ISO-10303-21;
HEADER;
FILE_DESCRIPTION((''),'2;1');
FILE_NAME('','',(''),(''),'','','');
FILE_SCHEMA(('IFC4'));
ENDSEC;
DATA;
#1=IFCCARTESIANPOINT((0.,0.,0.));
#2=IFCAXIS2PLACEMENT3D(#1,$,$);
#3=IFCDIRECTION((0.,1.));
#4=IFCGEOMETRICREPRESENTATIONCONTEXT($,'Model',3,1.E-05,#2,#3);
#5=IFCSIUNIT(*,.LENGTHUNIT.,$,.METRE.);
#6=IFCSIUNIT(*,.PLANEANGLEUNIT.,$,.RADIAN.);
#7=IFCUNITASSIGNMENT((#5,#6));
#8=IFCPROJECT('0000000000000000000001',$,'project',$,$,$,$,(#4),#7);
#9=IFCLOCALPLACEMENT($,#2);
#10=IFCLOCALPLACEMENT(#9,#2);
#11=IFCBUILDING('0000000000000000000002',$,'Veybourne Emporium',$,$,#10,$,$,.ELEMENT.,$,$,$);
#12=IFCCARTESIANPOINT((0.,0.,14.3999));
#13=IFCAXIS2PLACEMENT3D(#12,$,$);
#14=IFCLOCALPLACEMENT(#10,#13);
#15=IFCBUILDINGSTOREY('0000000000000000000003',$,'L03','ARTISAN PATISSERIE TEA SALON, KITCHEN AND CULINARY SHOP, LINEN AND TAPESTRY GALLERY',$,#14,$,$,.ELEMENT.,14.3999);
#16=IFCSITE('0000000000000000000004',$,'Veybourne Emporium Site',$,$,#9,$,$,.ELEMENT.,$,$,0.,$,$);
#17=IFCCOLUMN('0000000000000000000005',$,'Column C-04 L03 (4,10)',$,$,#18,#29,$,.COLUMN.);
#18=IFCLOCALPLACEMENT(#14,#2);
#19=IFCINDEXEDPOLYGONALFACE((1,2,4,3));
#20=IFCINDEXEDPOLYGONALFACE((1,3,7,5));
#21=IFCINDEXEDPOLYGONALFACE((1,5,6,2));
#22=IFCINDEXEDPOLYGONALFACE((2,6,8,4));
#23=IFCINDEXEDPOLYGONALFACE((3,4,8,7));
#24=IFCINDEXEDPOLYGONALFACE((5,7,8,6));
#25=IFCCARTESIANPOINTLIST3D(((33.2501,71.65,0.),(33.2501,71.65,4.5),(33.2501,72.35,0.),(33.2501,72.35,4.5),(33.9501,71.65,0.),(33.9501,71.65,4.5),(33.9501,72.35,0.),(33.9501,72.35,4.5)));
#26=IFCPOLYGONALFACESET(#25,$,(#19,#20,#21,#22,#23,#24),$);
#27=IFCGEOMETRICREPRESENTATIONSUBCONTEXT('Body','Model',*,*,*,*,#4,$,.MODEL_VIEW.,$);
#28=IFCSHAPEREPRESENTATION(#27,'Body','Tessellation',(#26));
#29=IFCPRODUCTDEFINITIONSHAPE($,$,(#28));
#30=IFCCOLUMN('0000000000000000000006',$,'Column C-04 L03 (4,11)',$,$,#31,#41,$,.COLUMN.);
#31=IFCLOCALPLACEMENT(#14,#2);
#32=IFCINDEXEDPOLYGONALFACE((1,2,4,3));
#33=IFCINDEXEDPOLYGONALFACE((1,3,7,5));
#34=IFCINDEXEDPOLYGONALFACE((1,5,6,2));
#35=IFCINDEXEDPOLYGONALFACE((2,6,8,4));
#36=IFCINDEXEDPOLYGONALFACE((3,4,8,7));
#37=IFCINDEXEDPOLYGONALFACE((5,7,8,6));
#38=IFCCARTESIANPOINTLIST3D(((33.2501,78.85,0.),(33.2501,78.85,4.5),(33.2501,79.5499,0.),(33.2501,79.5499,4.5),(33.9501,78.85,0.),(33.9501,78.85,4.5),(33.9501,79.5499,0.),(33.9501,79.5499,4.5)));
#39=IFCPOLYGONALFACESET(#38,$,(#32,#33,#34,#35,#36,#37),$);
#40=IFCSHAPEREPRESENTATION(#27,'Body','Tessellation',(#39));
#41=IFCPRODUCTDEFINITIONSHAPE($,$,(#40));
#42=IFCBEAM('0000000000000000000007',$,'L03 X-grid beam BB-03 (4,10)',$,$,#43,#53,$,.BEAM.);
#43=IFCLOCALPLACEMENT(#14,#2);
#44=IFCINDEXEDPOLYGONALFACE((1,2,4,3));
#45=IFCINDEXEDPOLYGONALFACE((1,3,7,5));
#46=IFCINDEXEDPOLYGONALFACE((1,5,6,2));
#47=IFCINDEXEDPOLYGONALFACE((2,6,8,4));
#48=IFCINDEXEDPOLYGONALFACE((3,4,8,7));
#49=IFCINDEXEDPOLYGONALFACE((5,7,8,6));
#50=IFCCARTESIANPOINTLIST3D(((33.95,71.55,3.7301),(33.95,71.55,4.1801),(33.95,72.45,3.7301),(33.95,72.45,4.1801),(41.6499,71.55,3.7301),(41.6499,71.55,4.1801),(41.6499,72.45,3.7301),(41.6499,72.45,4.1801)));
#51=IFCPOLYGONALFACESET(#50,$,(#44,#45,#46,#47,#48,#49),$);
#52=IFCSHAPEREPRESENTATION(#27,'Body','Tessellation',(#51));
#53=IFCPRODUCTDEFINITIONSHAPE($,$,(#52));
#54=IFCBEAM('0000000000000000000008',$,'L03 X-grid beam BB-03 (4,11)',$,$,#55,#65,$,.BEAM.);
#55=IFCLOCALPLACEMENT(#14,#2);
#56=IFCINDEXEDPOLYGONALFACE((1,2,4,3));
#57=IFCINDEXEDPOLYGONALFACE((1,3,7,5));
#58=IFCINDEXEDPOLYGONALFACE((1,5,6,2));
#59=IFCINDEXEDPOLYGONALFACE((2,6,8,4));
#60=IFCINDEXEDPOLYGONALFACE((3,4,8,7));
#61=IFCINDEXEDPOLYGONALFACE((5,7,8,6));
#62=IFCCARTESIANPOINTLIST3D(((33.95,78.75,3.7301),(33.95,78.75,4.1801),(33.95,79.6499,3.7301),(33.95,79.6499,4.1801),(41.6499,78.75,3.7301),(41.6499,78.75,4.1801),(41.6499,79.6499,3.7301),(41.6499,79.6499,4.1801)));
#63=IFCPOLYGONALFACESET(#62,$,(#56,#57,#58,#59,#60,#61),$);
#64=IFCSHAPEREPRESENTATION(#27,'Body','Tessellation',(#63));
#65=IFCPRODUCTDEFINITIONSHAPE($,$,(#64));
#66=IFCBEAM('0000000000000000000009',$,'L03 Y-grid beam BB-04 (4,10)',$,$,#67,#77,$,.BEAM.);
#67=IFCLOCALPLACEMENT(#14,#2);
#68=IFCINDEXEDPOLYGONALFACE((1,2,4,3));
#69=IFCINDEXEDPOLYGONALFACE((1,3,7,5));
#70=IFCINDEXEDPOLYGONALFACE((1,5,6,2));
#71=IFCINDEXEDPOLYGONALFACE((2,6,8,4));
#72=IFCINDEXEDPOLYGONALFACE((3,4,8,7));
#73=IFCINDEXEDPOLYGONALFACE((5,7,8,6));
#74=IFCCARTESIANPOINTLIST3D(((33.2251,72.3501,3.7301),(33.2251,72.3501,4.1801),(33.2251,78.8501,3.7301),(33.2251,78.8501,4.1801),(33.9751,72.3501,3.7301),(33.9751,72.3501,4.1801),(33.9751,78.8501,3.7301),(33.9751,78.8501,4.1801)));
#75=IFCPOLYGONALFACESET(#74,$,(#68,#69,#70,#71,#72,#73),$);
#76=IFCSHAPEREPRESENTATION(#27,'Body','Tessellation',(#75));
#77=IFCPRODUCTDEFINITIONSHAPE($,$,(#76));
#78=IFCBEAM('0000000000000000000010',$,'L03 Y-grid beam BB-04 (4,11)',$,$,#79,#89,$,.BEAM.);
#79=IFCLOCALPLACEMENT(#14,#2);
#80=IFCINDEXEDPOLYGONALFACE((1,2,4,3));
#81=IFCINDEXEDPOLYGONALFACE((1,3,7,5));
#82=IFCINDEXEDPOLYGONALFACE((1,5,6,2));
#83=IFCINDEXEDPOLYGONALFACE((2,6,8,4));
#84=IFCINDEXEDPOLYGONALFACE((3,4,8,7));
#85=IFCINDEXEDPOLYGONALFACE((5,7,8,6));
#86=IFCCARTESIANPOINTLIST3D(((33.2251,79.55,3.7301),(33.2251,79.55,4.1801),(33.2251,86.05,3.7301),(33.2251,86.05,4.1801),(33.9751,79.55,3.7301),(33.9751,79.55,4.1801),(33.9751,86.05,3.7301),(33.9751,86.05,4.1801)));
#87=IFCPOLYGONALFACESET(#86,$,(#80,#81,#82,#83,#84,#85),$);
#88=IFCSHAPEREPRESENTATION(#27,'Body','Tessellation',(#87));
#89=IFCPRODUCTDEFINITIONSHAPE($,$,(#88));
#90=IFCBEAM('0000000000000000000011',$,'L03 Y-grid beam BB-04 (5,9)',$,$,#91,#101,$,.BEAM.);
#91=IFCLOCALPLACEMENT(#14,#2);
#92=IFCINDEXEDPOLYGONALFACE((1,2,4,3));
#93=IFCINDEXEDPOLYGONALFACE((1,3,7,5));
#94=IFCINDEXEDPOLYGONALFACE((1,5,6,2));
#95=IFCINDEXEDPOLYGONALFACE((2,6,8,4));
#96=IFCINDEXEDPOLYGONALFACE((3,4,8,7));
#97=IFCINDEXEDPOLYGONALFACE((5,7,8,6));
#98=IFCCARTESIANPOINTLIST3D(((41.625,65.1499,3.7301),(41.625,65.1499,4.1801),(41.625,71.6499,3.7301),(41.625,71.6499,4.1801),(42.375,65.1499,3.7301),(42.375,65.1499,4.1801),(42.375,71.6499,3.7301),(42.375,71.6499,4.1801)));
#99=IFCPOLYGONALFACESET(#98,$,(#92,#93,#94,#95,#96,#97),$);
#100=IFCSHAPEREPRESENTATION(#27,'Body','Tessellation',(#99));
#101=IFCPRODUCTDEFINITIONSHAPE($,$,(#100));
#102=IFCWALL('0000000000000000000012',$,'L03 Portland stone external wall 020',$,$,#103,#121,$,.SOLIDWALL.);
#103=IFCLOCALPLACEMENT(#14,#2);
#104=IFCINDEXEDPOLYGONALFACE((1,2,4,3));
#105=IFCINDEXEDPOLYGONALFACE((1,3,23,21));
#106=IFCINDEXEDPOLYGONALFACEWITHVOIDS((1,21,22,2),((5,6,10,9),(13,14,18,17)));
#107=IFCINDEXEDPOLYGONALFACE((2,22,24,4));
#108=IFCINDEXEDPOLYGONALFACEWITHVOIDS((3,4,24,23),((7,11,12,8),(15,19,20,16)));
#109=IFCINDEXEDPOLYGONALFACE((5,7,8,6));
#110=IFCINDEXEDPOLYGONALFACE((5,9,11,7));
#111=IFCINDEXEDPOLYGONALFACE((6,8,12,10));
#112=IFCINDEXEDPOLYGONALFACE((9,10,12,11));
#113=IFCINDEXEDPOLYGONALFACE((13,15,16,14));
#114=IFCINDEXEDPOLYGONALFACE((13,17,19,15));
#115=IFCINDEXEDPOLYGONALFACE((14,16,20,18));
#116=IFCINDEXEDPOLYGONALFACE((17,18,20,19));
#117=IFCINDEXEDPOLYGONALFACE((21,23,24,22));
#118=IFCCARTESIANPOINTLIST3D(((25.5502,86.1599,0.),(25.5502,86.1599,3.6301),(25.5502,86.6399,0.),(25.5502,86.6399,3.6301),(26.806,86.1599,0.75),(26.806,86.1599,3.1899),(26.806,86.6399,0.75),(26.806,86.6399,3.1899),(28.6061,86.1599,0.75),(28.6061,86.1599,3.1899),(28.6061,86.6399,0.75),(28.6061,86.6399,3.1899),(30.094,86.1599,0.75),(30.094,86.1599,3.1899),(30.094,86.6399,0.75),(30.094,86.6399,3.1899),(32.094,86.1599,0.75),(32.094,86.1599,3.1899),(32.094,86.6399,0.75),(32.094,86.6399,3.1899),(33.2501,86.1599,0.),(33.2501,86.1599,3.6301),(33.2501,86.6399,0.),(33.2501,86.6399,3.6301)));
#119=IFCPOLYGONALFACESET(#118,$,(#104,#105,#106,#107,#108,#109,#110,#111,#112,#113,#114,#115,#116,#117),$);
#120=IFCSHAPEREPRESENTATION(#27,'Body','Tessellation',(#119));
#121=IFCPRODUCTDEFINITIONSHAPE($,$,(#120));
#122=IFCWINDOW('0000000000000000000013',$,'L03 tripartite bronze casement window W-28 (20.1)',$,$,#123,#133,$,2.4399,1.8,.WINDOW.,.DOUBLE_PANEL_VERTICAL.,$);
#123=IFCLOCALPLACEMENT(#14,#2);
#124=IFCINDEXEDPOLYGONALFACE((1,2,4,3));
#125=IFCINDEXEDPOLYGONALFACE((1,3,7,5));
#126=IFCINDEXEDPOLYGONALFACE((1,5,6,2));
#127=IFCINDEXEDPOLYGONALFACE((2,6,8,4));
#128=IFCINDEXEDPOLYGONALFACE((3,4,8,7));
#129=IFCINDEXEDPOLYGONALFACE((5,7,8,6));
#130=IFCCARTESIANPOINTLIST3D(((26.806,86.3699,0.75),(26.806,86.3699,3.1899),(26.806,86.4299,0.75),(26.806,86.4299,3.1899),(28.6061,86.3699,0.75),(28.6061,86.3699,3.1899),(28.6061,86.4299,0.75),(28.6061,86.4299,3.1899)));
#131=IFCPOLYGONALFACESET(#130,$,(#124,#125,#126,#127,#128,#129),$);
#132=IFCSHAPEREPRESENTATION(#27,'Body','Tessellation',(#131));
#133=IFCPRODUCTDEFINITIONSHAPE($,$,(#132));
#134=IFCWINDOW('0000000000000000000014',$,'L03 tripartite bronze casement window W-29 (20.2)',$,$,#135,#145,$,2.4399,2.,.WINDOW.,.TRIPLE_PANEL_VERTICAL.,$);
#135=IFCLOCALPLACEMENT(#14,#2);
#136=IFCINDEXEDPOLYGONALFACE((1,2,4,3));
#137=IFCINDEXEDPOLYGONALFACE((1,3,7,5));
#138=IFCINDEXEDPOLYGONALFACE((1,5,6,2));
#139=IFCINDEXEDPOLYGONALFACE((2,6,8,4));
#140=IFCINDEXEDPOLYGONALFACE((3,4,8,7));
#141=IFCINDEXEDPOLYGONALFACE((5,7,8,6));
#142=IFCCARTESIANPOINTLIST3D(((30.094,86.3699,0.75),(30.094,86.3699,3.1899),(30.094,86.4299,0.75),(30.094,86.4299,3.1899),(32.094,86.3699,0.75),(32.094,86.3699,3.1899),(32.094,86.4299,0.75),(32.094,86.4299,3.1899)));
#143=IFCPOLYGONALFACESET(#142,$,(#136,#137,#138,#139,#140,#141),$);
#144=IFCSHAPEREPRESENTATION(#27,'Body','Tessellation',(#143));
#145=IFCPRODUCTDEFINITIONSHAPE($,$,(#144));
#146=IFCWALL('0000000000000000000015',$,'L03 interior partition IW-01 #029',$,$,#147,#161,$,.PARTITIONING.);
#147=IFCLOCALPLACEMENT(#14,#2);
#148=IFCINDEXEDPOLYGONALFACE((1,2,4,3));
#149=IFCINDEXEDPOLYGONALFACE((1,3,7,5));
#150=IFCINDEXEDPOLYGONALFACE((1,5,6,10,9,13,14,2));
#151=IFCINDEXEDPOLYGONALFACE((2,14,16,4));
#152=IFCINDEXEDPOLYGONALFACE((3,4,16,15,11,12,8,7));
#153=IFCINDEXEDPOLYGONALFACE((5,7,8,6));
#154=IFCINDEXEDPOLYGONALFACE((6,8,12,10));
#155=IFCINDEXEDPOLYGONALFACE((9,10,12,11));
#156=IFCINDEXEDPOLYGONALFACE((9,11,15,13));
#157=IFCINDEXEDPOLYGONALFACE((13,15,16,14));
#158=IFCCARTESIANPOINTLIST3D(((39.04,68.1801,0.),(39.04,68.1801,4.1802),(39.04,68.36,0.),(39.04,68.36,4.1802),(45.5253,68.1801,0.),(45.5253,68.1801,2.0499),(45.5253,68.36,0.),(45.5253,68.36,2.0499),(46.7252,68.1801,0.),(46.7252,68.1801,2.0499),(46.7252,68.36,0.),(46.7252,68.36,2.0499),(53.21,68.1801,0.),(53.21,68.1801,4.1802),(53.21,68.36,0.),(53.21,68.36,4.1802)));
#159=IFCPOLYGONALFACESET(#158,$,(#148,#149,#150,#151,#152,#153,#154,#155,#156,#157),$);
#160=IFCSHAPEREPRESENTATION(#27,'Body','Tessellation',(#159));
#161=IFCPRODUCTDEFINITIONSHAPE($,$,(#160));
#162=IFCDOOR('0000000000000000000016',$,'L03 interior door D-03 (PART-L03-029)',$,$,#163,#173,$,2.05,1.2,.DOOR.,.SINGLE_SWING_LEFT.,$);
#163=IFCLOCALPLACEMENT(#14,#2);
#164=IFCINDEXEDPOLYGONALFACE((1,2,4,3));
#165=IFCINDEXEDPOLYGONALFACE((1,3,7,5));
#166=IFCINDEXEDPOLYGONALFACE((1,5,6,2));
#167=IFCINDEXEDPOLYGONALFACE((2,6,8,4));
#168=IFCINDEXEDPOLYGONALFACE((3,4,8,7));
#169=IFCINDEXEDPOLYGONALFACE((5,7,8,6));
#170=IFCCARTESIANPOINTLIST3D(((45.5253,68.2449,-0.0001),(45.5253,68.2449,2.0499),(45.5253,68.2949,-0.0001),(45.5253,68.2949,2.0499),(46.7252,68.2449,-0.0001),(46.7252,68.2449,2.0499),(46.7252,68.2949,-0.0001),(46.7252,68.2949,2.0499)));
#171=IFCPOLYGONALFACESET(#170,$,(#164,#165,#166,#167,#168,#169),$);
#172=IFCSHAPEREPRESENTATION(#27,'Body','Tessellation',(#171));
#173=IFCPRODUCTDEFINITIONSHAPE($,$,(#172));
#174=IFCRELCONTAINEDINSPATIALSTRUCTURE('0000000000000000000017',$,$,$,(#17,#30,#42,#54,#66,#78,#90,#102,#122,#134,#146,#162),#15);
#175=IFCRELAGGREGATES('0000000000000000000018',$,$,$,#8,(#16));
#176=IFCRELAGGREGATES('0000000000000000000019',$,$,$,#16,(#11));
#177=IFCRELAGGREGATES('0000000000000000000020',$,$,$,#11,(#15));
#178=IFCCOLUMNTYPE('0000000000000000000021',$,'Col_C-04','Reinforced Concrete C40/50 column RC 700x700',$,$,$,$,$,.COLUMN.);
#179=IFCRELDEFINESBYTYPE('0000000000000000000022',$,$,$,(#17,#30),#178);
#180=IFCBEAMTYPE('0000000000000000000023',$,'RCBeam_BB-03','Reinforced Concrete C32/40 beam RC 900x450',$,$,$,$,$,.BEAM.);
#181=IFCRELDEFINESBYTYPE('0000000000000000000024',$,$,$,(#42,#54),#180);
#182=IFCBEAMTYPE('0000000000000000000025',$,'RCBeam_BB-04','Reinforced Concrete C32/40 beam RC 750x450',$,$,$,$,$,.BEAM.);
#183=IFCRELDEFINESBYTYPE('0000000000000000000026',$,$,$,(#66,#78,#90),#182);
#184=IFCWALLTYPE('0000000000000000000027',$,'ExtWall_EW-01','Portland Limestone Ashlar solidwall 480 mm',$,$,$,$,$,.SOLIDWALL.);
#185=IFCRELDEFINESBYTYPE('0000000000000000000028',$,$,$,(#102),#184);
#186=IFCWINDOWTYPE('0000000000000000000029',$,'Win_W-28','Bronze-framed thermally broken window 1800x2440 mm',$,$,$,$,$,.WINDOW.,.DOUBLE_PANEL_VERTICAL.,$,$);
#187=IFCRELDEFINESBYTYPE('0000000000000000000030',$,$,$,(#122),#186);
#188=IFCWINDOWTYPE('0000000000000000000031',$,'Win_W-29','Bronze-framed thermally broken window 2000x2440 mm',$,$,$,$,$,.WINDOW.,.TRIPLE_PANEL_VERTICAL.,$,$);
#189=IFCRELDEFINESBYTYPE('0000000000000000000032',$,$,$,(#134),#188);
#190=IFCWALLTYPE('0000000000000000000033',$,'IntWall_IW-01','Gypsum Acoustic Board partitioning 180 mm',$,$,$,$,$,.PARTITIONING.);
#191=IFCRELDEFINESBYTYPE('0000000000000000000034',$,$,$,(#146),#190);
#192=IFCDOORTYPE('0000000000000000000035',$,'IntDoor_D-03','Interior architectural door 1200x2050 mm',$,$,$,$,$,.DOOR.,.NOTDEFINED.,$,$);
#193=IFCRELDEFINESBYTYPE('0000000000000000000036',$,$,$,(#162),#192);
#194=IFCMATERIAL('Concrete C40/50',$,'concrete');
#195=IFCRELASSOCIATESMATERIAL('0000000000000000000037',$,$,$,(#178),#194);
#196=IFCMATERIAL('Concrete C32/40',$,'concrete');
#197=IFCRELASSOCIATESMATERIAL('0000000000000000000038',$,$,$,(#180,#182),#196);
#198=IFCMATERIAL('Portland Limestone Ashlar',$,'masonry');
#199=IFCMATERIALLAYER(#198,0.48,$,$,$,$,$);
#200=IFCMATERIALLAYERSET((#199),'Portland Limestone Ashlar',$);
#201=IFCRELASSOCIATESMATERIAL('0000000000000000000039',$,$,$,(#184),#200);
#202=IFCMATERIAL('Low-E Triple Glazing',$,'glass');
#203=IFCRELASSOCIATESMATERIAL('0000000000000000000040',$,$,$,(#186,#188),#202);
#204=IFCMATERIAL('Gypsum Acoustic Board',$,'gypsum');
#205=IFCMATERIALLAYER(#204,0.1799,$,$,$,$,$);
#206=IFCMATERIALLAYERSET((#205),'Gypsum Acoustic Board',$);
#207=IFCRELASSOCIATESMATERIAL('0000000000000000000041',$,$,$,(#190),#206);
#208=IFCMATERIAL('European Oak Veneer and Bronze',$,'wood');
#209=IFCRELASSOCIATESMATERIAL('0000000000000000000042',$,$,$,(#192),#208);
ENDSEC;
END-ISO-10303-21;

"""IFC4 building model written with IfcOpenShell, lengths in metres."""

from ifc_helpers import new_model, si_unit, direction, frame, frame_2d, origin, origin_2d, place, context, subcontext, project, spatial, rectangle, extrude, material, layer, layer_set, material_profile, profile_set, type_object, element, fill, save


model = new_model("IFC4")

# Units and contexts
model_context = context("Model", 3, precision=1e-05, world=origin(), true_north=direction((0.0, 1.0)))
body_context = subcontext(model_context, "Body", "Model", "MODEL_VIEW")
ifc_project = project(units=[si_unit("LENGTHUNIT", "METRE"), si_unit("PLANEANGLEUNIT", "RADIAN")], contexts=[model_context])

# Site, building, storey
site_placement = place(None, origin())
site = spatial("IfcSite", under=ifc_project, at=site_placement, Name="Veybourne Emporium Site", CompositionType="ELEMENT", RefElevation=0.0)
building_placement = place(site_placement, origin())
building = spatial("IfcBuilding", under=site, at=building_placement, Name="Veybourne Emporium", CompositionType="ELEMENT")
storey_placement = place(building_placement, frame((0.0, 0.0, 14.3999)))
storey = spatial("IfcBuildingStorey", under=building, at=storey_placement, Name="L03", Description="ARTISAN PATISSERIE TEA SALON, KITCHEN AND CULINARY SHOP, LINEN AND TAPESTRY GALLERY", CompositionType="ELEMENT", Elevation=14.3999)

# Columns
ifc_material_1 = material(Name="Concrete C40/50", Category="concrete")
ifc_material_profile_1 = material_profile(ifc_material_1, rectangle(XDim=0.7, YDim=0.7, at=origin_2d()), Name="RC 700x700")
ifc_profile_set_1 = profile_set([ifc_material_profile_1], Name="Concrete C40/50")
column_type = type_object("IfcColumnType", Name="Col_C-04", Description="Reinforced Concrete C40/50 column RC 700x700", PredefinedType="COLUMN", material=ifc_profile_set_1)
for number, where, z_axis, x_axis, name in (
    (1, (33.6001, 72.0, 0.0), (0.0, 0.0, 1.0), (1.0, 0.0, 0.0), "Column C-04 L03 (4,10)"),
    (2, (33.6001, 79.2, 0.0), (0.0, 0.0, 1.0), (1.0, 0.0, 0.0), "Column C-04 L03 (4,11)"),
):
    element("IfcColumn", number, at=place(storey_placement, frame(where, z_axis=z_axis, x_axis=x_axis)), inside=storey, type_object=column_type, Name=name, PredefinedType="COLUMN", context=body_context, shape_type="SweptSolid", body=[
        extrude(rectangle(XDim=0.7, YDim=0.7, at=origin_2d()), origin(), (0.0, 0.0, 1.0), 4.5),
    ])

# Beams
ifc_material_2 = material(Name="Concrete C32/40", Category="concrete")
ifc_material_profile_2 = material_profile(ifc_material_2, rectangle(XDim=0.8999, YDim=0.45, at=origin_2d()), Name="RC 900x450")
ifc_profile_set_2 = profile_set([ifc_material_profile_2], Name="Concrete C32/40")
beam_type_1 = type_object("IfcBeamType", Name="RCBeam_BB-03", Description="Reinforced Concrete C32/40 beam RC 900x450", PredefinedType="BEAM", material=ifc_profile_set_2)
for number, where, z_axis, x_axis, name in (
    (3, (33.95, 72.0, 3.9551), (1.0, 0.0, 0.0), (0.0, 1.0, 0.0), "L03 X-grid beam BB-03 (4,10)"),
    (4, (33.95, 79.2, 3.9551), (1.0, 0.0, 0.0), (0.0, 1.0, 0.0), "L03 X-grid beam BB-03 (4,11)"),
):
    element("IfcBeam", number, at=place(storey_placement, frame(where, z_axis=z_axis, x_axis=x_axis)), inside=storey, type_object=beam_type_1, Name=name, PredefinedType="BEAM", context=body_context, shape_type="SweptSolid", body=[
        extrude(rectangle(XDim=0.8999, YDim=0.45, at=origin_2d()), origin(), (0.0, 0.0, 1.0), 7.7),
    ])
ifc_material_profile_3 = material_profile(ifc_material_2, rectangle(XDim=0.75, YDim=0.45, at=origin_2d()), Name="RC 750x450")
ifc_profile_set_3 = profile_set([ifc_material_profile_3], Name="Concrete C32/40")
beam_type_2 = type_object("IfcBeamType", Name="RCBeam_BB-04", Description="Reinforced Concrete C32/40 beam RC 750x450", PredefinedType="BEAM", material=ifc_profile_set_3)
for number, where, z_axis, x_axis, name in (
    (5, (33.6001, 72.3501, 3.9551), (0.0, 1.0, 0.0), (-1.0, 0.0, 0.0), "L03 Y-grid beam BB-04 (4,10)"),
    (6, (33.6001, 79.55, 3.9551), (0.0, 1.0, 0.0), (-1.0, 0.0, 0.0), "L03 Y-grid beam BB-04 (4,11)"),
    (7, (42.0, 65.1499, 3.9551), (0.0, 1.0, 0.0), (-1.0, 0.0, 0.0), "L03 Y-grid beam BB-04 (5,9)"),
):
    element("IfcBeam", number, at=place(storey_placement, frame(where, z_axis=z_axis, x_axis=x_axis)), inside=storey, type_object=beam_type_2, Name=name, PredefinedType="BEAM", context=body_context, shape_type="SweptSolid", body=[
        extrude(rectangle(XDim=0.75, YDim=0.45, at=origin_2d()), origin(), (0.0, 0.0, 1.0), 6.5),
    ])

# Wall, openings, windows
ifc_material_3 = material(Name="Portland Limestone Ashlar", Category="masonry")
ifc_layer_1 = layer(ifc_material_3, 0.48)
ifc_layer_set_1 = layer_set([ifc_layer_1], Name="Portland Limestone Ashlar")
wall_type_1 = type_object("IfcWallType", Name="ExtWall_EW-01", Description="Portland Limestone Ashlar solidwall 480 mm", PredefinedType="SOLIDWALL", material=ifc_layer_set_1)
wall_1_placement = place(storey_placement, frame((25.55, 86.3999, 0.0), z_axis=(0.0, 0.0, 1.0), x_axis=(1.0, 0.0, 0.0)))
wall_1 = element("IfcWall", 8, at=wall_1_placement, inside=storey, type_object=wall_type_1, Name="L03 Portland stone external wall 020", PredefinedType="SOLIDWALL", context=body_context, shape_type="SweptSolid", body=[
    extrude(rectangle(XDim=7.7, YDim=0.48, at=frame_2d((3.8501, 0.0))), origin(), (0.0, 0.0, 1.0), 3.6301),
])
opening_1_placement = place(wall_1_placement, frame((1.2561, 0.0, 0.75)))
opening_1 = element("IfcOpeningElement", 9, at=opening_1_placement, cuts=wall_1, PredefinedType="OPENING", context=body_context, shape_type="SweptSolid", body=[
    extrude(rectangle(XDim=1.8, YDim=2.4399, at=frame_2d((0.8999, 1.22))), frame((0.0, 0.26, 0.0), z_axis=(0.0, -1.0, 0.0), x_axis=(1.0, 0.0, 0.0)), (0.0, 0.0, 1.0), 0.52),
])
opening_2_placement = place(wall_1_placement, frame((4.5439, 0.0, 0.75)))
opening_2 = element("IfcOpeningElement", 10, at=opening_2_placement, cuts=wall_1, PredefinedType="OPENING", context=body_context, shape_type="SweptSolid", body=[
    extrude(rectangle(XDim=2.0, YDim=2.4399, at=frame_2d((1.0, 1.22))), frame((0.0, 0.26, 0.0), z_axis=(0.0, -1.0, 0.0), x_axis=(1.0, 0.0, 0.0)), (0.0, 0.0, 1.0), 0.52),
])
ifc_material_4 = material(Name="Low-E Triple Glazing", Category="glass")
window_type_1 = type_object("IfcWindowType", Name="Win_W-28", Description="Bronze-framed thermally broken window 1800x2440 mm", PartitioningType="DOUBLE_PANEL_VERTICAL", PredefinedType="WINDOW", material=ifc_material_4)
window_1_placement = place(opening_1_placement, origin())
window_1 = element("IfcWindow", 11, at=window_1_placement, inside=storey, type_object=window_type_1, Name="L03 tripartite bronze casement window W-28 (20.1)", OverallHeight=2.4399, OverallWidth=1.8, PartitioningType="DOUBLE_PANEL_VERTICAL", PredefinedType="WINDOW", context=body_context, shape_type="SweptSolid", body=[
    extrude(rectangle(XDim=1.8, YDim=2.4399, at=frame_2d((0.8999, 1.22))), frame((0.0, 0.03, 0.0), z_axis=(0.0, -1.0, 0.0), x_axis=(1.0, 0.0, 0.0)), (0.0, 0.0, 1.0), 0.0601),
])
fill(opening_1, window_1)
window_type_2 = type_object("IfcWindowType", Name="Win_W-29", Description="Bronze-framed thermally broken window 2000x2440 mm", PartitioningType="TRIPLE_PANEL_VERTICAL", PredefinedType="WINDOW", material=ifc_material_4)
window_2_placement = place(opening_2_placement, origin())
window_2 = element("IfcWindow", 12, at=window_2_placement, inside=storey, type_object=window_type_2, Name="L03 tripartite bronze casement window W-29 (20.2)", OverallHeight=2.4399, OverallWidth=2.0, PartitioningType="TRIPLE_PANEL_VERTICAL", PredefinedType="WINDOW", context=body_context, shape_type="SweptSolid", body=[
    extrude(rectangle(XDim=2.0, YDim=2.4399, at=frame_2d((1.0, 1.22))), frame((0.0, 0.03, 0.0), z_axis=(0.0, -1.0, 0.0), x_axis=(1.0, 0.0, 0.0)), (0.0, 0.0, 1.0), 0.0601),
])
fill(opening_2, window_2)

# Wall, opening, door
ifc_material_5 = material(Name="Gypsum Acoustic Board", Category="gypsum")
ifc_layer_2 = layer(ifc_material_5, 0.1799)
ifc_layer_set_2 = layer_set([ifc_layer_2], Name="Gypsum Acoustic Board")
wall_type_2 = type_object("IfcWallType", Name="IntWall_IW-01", Description="Gypsum Acoustic Board partitioning 180 mm", PredefinedType="PARTITIONING", material=ifc_layer_set_2)
wall_2_placement = place(storey_placement, frame((39.04, 68.27, 0.0), z_axis=(0.0, 0.0, 1.0), x_axis=(1.0, 0.0, 0.0)))
wall_2 = element("IfcWall", 13, at=wall_2_placement, inside=storey, type_object=wall_type_2, Name="L03 interior partition IW-01 #029", PredefinedType="PARTITIONING", context=body_context, shape_type="SweptSolid", body=[
    extrude(rectangle(XDim=14.1699, YDim=0.1799, at=frame_2d((7.085, 0.0))), origin(), (0.0, 0.0, 1.0), 4.1802),
])
opening_3_placement = place(wall_2_placement, frame((6.4851, 0.0, 0.0)))
opening_3 = element("IfcOpeningElement", 14, at=opening_3_placement, cuts=wall_2, PredefinedType="OPENING", context=body_context, shape_type="SweptSolid", body=[
    extrude(rectangle(XDim=1.2, YDim=2.05, at=frame_2d((0.6001, 1.0249))), frame((0.0, 0.1099, 0.0), z_axis=(0.0, -1.0, 0.0), x_axis=(1.0, 0.0, 0.0)), (0.0, 0.0, 1.0), 0.22),
])
ifc_material_6 = material(Name="European Oak Veneer and Bronze", Category="wood")
door_type_1 = type_object("IfcDoorType", Name="IntDoor_D-03", Description="Interior architectural door 1200x2050 mm", OperationType="NOTDEFINED", PredefinedType="DOOR", material=ifc_material_6)
door_1_placement = place(opening_3_placement, origin())
door_1 = element("IfcDoor", 15, at=door_1_placement, inside=storey, type_object=door_type_1, Name="L03 interior door D-03 (PART-L03-029)", OperationType="SINGLE_SWING_LEFT", OverallHeight=2.05, OverallWidth=1.2, PredefinedType="DOOR", context=body_context, shape_type="SweptSolid", body=[
    extrude(rectangle(XDim=1.2, YDim=2.05, at=frame_2d((0.6001, 1.0249))), frame((0.0, 0.0249, 0.0), z_axis=(0.0, -1.0, 0.0), x_axis=(1.0, 0.0, 0.0)), (0.0, 0.0, 1.0), 0.05),
])
fill(opening_3, door_1)

save(model, "model.ifc")
